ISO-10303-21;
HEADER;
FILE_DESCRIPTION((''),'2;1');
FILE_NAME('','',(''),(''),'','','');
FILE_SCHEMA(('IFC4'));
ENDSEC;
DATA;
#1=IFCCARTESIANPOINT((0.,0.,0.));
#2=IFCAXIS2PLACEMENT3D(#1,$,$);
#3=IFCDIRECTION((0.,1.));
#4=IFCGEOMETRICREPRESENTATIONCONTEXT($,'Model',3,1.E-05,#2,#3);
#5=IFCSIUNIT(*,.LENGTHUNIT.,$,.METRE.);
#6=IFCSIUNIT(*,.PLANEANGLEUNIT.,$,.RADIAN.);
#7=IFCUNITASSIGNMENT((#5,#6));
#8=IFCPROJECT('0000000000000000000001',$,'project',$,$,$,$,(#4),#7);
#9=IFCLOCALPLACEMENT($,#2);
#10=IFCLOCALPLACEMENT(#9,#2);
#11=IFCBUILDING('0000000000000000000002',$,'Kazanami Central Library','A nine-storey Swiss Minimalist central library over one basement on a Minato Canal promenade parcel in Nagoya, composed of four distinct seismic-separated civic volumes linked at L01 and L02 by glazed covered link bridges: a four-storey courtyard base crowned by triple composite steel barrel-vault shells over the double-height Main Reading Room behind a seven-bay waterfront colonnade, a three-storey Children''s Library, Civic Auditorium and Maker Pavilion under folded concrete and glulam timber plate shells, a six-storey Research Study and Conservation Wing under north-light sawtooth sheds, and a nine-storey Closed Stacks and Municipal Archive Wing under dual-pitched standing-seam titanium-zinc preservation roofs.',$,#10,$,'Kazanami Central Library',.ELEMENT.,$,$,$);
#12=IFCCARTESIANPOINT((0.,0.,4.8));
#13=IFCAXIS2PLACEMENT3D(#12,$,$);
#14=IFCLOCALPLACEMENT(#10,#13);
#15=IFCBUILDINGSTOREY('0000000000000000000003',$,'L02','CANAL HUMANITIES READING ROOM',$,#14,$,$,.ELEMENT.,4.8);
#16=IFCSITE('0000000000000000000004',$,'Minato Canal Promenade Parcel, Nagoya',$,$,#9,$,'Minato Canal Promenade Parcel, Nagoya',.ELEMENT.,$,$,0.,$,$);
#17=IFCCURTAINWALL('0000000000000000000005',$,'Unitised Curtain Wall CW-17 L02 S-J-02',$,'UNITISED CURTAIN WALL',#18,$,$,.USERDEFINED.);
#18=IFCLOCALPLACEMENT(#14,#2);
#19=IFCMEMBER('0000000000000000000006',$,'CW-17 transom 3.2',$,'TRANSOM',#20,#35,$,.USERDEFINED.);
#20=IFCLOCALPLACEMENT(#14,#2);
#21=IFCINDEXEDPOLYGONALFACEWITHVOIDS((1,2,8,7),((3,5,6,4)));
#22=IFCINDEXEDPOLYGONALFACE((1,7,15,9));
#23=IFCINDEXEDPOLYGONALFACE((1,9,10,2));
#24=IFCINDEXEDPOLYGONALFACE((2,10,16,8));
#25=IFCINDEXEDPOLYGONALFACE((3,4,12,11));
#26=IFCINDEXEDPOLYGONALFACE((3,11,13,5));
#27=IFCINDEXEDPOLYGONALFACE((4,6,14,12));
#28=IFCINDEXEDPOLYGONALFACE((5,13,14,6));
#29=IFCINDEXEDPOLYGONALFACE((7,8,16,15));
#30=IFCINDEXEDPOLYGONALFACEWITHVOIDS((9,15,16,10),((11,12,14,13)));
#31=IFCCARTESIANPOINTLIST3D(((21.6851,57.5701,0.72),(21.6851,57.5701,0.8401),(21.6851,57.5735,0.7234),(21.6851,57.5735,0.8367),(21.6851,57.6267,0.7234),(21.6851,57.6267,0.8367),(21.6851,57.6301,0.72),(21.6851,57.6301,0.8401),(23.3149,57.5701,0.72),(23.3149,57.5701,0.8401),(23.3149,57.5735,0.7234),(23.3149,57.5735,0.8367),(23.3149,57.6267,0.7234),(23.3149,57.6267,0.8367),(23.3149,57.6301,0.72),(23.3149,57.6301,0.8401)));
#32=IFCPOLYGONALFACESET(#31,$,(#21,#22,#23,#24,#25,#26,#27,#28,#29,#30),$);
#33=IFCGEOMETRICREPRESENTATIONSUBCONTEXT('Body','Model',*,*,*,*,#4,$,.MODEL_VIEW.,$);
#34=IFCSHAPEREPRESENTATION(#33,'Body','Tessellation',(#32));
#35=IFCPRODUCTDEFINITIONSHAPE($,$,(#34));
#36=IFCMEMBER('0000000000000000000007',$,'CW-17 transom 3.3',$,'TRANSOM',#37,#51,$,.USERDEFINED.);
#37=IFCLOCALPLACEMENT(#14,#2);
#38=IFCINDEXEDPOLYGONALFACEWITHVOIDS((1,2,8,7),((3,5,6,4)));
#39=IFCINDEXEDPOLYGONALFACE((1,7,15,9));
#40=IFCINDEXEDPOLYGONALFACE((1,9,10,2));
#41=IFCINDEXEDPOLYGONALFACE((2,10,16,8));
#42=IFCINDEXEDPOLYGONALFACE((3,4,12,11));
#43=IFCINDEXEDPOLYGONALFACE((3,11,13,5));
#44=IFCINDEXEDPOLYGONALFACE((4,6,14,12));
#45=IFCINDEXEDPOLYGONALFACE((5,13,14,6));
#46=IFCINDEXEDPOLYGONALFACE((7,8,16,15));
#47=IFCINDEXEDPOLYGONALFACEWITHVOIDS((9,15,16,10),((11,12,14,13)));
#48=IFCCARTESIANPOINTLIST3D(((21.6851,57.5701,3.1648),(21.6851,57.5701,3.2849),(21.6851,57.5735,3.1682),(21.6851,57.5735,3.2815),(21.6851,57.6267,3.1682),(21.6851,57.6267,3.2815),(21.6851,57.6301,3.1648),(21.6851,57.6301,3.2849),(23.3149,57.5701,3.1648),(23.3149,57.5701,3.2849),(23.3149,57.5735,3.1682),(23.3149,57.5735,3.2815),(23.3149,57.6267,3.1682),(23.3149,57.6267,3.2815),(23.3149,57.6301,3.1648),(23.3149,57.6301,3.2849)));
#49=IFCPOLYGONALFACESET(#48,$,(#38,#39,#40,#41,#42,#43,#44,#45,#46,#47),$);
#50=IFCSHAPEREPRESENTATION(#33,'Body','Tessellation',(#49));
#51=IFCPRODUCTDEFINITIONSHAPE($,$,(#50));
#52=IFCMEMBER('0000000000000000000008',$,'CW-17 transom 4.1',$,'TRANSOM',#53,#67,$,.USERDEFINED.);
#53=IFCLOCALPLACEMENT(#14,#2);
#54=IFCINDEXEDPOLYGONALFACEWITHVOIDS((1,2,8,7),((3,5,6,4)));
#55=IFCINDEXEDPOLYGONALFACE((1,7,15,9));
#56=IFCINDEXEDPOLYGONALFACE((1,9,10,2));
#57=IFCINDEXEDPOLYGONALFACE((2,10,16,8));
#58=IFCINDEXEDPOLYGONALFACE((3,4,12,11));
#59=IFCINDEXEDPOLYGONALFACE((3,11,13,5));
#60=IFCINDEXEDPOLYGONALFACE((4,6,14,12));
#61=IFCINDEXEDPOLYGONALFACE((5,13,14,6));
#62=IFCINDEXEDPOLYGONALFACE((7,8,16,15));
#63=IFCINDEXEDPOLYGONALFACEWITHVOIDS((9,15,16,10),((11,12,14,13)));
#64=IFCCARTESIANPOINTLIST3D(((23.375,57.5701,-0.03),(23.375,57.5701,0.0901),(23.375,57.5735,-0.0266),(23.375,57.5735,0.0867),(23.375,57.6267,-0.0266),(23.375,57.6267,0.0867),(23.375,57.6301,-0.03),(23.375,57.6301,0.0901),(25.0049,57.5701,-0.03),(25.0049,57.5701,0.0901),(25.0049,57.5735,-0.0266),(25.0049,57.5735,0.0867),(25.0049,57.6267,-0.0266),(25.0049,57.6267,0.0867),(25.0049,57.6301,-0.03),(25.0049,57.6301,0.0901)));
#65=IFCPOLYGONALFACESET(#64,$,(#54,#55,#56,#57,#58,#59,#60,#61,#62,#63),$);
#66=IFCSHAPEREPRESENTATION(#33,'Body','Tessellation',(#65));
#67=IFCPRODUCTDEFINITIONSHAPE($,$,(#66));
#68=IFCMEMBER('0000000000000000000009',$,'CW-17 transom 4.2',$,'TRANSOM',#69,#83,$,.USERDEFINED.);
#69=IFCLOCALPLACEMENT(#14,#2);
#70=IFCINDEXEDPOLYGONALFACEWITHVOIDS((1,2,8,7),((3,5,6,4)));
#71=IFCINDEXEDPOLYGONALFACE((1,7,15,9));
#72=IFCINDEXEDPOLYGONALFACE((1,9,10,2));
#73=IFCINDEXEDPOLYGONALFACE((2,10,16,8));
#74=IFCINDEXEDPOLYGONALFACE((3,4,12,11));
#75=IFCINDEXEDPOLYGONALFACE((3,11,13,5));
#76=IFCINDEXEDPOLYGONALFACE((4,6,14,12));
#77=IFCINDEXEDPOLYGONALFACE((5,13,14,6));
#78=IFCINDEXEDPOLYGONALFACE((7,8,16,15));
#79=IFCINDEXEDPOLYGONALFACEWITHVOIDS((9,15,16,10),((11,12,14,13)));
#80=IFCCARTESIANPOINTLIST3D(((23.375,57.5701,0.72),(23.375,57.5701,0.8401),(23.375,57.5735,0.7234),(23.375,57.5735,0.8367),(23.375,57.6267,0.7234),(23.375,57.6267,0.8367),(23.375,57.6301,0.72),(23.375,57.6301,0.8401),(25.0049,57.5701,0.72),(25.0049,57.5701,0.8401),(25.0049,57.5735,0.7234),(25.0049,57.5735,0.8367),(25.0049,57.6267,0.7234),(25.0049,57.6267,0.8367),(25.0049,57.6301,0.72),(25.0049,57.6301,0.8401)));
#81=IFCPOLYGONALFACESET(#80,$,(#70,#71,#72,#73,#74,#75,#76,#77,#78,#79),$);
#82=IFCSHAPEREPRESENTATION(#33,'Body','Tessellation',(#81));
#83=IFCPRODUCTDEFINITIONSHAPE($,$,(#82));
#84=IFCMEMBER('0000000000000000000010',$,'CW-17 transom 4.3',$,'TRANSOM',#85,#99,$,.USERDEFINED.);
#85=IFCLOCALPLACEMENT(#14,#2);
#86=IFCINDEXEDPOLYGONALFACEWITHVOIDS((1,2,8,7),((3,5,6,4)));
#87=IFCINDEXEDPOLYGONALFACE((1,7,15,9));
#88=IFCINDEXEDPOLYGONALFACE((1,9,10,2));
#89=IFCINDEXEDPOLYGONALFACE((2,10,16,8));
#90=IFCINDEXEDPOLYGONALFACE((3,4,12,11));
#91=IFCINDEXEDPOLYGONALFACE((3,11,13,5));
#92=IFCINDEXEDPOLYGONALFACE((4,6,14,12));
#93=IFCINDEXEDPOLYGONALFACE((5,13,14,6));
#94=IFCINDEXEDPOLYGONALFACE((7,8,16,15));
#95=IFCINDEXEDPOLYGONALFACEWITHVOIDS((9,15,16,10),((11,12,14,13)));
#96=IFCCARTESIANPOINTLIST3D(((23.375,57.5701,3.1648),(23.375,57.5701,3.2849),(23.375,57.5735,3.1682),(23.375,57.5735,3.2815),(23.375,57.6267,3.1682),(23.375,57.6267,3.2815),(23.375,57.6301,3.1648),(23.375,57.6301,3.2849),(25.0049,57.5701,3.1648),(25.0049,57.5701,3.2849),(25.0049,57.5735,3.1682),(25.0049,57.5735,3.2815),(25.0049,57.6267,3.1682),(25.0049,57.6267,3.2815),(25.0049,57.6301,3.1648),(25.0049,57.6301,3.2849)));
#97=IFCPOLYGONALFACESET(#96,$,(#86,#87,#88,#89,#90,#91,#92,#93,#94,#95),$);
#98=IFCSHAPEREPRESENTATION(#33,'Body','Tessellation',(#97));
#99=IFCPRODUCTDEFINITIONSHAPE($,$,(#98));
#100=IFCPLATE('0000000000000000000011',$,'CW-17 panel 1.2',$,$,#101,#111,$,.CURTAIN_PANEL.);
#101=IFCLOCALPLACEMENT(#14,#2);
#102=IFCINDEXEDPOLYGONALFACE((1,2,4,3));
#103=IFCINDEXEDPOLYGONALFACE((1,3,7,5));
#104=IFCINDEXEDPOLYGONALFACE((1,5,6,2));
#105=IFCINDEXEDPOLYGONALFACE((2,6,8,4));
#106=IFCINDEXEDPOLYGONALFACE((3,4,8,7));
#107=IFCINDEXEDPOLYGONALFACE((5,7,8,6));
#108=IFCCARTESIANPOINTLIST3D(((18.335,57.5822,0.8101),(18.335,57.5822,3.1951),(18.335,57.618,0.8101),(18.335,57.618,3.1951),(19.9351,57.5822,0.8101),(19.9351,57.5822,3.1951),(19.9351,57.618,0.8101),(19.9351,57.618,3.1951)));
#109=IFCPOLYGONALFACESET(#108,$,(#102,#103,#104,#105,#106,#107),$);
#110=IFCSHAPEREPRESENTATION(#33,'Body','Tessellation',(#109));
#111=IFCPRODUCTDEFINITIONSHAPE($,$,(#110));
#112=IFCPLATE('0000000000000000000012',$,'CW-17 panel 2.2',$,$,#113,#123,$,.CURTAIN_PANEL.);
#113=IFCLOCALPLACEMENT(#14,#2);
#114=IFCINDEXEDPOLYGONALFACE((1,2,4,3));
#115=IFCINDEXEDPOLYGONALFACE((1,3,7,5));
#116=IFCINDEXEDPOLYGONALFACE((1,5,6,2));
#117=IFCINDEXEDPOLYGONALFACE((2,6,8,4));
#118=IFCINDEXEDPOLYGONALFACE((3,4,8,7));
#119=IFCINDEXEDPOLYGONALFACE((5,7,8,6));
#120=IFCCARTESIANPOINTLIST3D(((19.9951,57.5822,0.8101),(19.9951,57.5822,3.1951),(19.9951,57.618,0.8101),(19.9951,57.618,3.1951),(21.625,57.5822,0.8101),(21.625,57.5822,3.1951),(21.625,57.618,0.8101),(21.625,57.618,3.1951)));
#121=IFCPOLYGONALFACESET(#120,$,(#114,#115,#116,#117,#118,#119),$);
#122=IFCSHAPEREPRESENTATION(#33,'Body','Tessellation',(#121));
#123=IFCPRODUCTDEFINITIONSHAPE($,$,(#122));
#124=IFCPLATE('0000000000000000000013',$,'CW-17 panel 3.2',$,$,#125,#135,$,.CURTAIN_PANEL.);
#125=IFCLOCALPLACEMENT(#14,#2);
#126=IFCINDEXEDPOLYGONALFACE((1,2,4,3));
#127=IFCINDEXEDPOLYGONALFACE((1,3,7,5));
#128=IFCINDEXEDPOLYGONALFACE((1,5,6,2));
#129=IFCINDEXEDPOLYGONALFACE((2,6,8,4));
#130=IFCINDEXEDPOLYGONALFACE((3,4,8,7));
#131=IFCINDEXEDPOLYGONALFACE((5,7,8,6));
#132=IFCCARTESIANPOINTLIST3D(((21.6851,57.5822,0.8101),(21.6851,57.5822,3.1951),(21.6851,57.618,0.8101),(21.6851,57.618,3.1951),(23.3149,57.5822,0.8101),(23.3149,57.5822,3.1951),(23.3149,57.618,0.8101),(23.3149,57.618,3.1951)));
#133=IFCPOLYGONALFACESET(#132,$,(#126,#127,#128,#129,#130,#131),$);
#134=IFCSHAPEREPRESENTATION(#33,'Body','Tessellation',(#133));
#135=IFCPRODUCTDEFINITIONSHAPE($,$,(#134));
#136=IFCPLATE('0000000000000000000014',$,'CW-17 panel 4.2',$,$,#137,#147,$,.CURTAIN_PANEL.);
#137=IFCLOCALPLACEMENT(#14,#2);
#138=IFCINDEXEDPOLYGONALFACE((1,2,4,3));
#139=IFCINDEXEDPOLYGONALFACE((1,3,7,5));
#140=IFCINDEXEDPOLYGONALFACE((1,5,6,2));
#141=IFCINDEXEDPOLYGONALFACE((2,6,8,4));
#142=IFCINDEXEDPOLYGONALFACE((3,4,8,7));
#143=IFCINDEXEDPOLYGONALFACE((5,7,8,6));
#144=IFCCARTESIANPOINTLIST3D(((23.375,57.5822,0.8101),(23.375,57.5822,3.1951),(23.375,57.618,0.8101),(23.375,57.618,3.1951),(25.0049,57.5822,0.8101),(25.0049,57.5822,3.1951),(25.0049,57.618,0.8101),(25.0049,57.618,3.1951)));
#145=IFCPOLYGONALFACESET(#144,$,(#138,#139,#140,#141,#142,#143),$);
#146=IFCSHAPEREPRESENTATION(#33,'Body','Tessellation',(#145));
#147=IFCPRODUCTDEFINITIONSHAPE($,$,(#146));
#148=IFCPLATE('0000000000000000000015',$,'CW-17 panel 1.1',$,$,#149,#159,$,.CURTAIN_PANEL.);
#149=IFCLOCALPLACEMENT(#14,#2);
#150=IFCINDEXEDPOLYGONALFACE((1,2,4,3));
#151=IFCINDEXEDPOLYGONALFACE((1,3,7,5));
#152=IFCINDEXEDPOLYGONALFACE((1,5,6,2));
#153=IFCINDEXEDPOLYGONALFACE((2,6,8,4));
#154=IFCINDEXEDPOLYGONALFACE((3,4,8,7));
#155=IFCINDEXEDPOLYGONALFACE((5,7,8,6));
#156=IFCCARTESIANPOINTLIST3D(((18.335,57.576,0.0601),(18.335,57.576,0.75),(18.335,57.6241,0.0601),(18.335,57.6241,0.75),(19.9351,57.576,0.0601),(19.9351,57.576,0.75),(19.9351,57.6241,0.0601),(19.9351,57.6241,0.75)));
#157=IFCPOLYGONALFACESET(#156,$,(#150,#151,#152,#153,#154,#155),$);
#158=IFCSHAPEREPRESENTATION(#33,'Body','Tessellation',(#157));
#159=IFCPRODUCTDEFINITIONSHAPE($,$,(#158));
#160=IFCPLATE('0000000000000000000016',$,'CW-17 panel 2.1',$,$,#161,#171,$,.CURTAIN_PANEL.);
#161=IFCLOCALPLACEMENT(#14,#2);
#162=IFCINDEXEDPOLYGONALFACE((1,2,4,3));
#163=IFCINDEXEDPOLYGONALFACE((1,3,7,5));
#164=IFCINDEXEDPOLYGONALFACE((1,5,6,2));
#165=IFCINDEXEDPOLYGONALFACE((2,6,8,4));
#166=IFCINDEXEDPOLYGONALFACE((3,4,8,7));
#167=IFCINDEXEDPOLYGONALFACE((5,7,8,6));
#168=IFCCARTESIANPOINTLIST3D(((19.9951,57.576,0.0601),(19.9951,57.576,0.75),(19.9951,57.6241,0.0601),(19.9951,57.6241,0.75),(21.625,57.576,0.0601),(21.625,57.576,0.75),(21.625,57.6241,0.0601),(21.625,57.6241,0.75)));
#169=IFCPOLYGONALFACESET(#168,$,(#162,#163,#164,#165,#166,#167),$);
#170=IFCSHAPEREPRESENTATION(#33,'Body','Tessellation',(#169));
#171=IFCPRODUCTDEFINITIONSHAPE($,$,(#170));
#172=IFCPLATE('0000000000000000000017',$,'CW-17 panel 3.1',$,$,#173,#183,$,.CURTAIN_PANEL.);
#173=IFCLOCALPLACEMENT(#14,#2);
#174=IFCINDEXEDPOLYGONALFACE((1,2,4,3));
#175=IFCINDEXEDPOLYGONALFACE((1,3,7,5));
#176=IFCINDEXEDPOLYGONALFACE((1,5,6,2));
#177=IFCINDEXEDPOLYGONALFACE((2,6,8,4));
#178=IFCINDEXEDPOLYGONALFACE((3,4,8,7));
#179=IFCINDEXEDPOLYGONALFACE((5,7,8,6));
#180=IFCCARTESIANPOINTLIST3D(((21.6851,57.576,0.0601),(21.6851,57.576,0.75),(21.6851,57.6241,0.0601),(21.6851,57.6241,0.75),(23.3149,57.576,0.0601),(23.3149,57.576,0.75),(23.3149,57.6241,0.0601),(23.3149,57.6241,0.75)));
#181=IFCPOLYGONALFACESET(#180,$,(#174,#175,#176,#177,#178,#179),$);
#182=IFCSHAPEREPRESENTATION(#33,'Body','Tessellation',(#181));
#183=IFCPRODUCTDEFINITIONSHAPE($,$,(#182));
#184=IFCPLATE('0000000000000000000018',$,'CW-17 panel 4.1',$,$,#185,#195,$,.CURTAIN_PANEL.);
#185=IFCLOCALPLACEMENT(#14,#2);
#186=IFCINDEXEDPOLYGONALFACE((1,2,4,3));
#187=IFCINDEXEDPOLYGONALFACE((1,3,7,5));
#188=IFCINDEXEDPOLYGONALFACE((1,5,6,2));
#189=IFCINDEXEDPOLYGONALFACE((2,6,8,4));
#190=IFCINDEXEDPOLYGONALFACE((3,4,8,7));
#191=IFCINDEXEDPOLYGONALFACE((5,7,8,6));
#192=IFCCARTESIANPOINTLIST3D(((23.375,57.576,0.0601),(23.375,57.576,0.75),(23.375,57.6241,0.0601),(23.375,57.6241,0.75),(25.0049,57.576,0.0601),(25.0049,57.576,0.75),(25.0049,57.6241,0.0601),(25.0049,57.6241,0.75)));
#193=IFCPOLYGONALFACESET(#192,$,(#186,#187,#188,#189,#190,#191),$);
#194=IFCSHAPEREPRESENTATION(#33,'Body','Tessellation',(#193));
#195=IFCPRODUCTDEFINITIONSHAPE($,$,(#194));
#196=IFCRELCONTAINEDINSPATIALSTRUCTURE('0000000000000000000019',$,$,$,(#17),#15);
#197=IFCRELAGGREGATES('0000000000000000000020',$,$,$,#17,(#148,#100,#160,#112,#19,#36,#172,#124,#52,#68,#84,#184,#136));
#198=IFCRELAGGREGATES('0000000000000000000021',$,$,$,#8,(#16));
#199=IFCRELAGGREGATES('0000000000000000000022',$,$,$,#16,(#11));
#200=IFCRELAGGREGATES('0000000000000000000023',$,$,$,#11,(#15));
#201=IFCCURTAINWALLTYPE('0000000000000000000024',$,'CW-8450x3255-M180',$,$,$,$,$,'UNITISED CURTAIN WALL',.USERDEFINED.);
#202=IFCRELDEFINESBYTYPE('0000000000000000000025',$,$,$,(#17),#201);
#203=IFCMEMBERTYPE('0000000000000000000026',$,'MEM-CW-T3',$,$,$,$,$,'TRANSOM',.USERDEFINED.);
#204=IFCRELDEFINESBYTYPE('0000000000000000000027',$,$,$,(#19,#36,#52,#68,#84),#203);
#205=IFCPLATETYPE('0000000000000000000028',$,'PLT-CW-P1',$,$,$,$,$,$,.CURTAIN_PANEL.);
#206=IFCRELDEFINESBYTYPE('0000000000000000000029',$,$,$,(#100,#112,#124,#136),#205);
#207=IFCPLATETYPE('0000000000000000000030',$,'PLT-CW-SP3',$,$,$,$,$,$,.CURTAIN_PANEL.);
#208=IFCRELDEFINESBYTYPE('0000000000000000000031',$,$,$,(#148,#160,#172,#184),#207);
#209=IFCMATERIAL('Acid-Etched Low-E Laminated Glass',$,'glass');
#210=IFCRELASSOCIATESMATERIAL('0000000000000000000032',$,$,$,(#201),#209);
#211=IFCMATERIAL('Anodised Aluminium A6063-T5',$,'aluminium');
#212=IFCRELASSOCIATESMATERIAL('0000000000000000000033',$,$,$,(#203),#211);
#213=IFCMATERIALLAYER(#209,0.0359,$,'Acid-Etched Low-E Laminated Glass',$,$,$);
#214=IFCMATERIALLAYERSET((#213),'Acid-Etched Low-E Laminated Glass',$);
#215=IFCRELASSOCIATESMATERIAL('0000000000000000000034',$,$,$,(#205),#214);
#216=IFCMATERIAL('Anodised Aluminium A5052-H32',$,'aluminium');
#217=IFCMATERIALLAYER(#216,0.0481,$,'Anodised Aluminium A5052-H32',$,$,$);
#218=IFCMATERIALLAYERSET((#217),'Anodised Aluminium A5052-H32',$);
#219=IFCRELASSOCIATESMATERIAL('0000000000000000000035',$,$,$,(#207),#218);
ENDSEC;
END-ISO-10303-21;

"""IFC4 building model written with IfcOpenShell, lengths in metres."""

from ifc_helpers import new_model, si_unit, direction, frame, origin, origin_2d, place, context, subcontext, project, spatial, rectangle, hollow_rectangle, extrude, material, layer, layer_set, material_profile, profile_set, type_object, element, aggregate, save


model = new_model("IFC4")

# Units and contexts
model_context = context("Model", 3, precision=1e-05, world=origin(), true_north=direction((0.0, 1.0)))
body_context = subcontext(model_context, "Body", "Model", "MODEL_VIEW")
ifc_project = project(units=[si_unit("LENGTHUNIT", "METRE"), si_unit("PLANEANGLEUNIT", "RADIAN")], contexts=[model_context])

# Site, building, storey
site_placement = place(None, origin())
site = spatial("IfcSite", under=ifc_project, at=site_placement, Name="Minato Canal Promenade Parcel, Nagoya", LongName="Minato Canal Promenade Parcel, Nagoya", CompositionType="ELEMENT", RefElevation=0.0)
building_placement = place(site_placement, origin())
building = spatial("IfcBuilding", under=site, at=building_placement, Name="Kazanami Central Library", Description="A nine-storey Swiss Minimalist central library over one basement on a Minato Canal promenade parcel in Nagoya, composed of four distinct seismic-separated civic volumes linked at L01 and L02 by glazed covered link bridges: a four-storey courtyard base crowned by triple composite steel barrel-vault shells over the double-height Main Reading Room behind a seven-bay waterfront colonnade, a three-storey Children's Library, Civic Auditorium and Maker Pavilion under folded concrete and glulam timber plate shells, a six-storey Research Study and Conservation Wing under north-light sawtooth sheds, and a nine-storey Closed Stacks and Municipal Archive Wing under dual-pitched standing-seam titanium-zinc preservation roofs.", LongName="Kazanami Central Library", CompositionType="ELEMENT")
storey_placement = place(building_placement, frame((0.0, 0.0, 4.8)))
storey = spatial("IfcBuildingStorey", under=building, at=storey_placement, Name="L02", Description="CANAL HUMANITIES READING ROOM", CompositionType="ELEMENT", Elevation=4.8)

# Curtain wall, members, plates
ifc_material_1 = material(Name="Acid-Etched Low-E Laminated Glass", Category="glass")
curtain_wall_type = type_object("IfcCurtainWallType", Name="CW-8450x3255-M180", ElementType="UNITISED CURTAIN WALL", PredefinedType="USERDEFINED", material=ifc_material_1)
curtain_wall_placement = place(storey_placement, origin())
curtain_wall = element("IfcCurtainWall", 1, at=curtain_wall_placement, inside=storey, type_object=curtain_wall_type, Name="Unitised Curtain Wall CW-17 L02 S-J-02", ObjectType="UNITISED CURTAIN WALL", PredefinedType="USERDEFINED")
ifc_material_2 = material(Name="Anodised Aluminium A6063-T5", Category="aluminium")
ifc_material_profile_1 = material_profile(ifc_material_2, hollow_rectangle(XDim=0.0601, YDim=0.1201, WallThickness=0.0034, at=origin_2d()), Name="ALU-TRAN-60x120x3.5")
ifc_profile_set_1 = profile_set([ifc_material_profile_1], Name="Anodised Aluminium A6063-T5")
member_type_1 = type_object("IfcMemberType", Name="MEM-CW-T3", ElementType="TRANSOM", PredefinedType="USERDEFINED", material=ifc_profile_set_1)
member_1_placement = place(storey_placement, frame((21.6851, 57.6001, 0.78), z_axis=(1.0, 0.0, 0.0), x_axis=(0.0, 1.0, 0.0)))
member_1 = element("IfcMember", 2, at=member_1_placement, type_object=member_type_1, Name="CW-17 transom 3.2", ObjectType="TRANSOM", PredefinedType="USERDEFINED", context=body_context, shape_type="SweptSolid", body=[
    extrude(hollow_rectangle(XDim=0.0601, YDim=0.1201, WallThickness=0.0034, at=origin_2d()), origin(), (0.0, 0.0, 1.0), 1.6299),
])
member_2_placement = place(storey_placement, frame((21.6851, 57.6001, 3.2249), z_axis=(1.0, 0.0, 0.0), x_axis=(0.0, 1.0, 0.0)))
member_2 = element("IfcMember", 3, at=member_2_placement, type_object=member_type_1, Name="CW-17 transom 3.3", ObjectType="TRANSOM", PredefinedType="USERDEFINED", context=body_context, shape_type="SweptSolid", body=[
    extrude(hollow_rectangle(XDim=0.0601, YDim=0.1201, WallThickness=0.0034, at=origin_2d()), origin(), (0.0, 0.0, 1.0), 1.6299),
])
member_3_placement = place(storey_placement, frame((23.375, 57.6001, 0.03), z_axis=(1.0, 0.0, 0.0), x_axis=(0.0, 1.0, 0.0)))
member_3 = element("IfcMember", 4, at=member_3_placement, type_object=member_type_1, Name="CW-17 transom 4.1", ObjectType="TRANSOM", PredefinedType="USERDEFINED", context=body_context, shape_type="SweptSolid", body=[
    extrude(hollow_rectangle(XDim=0.0601, YDim=0.1201, WallThickness=0.0034, at=origin_2d()), origin(), (0.0, 0.0, 1.0), 1.6299),
])
member_4_placement = place(storey_placement, frame((23.375, 57.6001, 0.78), z_axis=(1.0, 0.0, 0.0), x_axis=(0.0, 1.0, 0.0)))
member_4 = element("IfcMember", 5, at=member_4_placement, type_object=member_type_1, Name="CW-17 transom 4.2", ObjectType="TRANSOM", PredefinedType="USERDEFINED", context=body_context, shape_type="SweptSolid", body=[
    extrude(hollow_rectangle(XDim=0.0601, YDim=0.1201, WallThickness=0.0034, at=origin_2d()), origin(), (0.0, 0.0, 1.0), 1.6299),
])
member_5_placement = place(storey_placement, frame((23.375, 57.6001, 3.2249), z_axis=(1.0, 0.0, 0.0), x_axis=(0.0, 1.0, 0.0)))
member_5 = element("IfcMember", 6, at=member_5_placement, type_object=member_type_1, Name="CW-17 transom 4.3", ObjectType="TRANSOM", PredefinedType="USERDEFINED", context=body_context, shape_type="SweptSolid", body=[
    extrude(hollow_rectangle(XDim=0.0601, YDim=0.1201, WallThickness=0.0034, at=origin_2d()), origin(), (0.0, 0.0, 1.0), 1.6299),
])
ifc_layer_1 = layer(ifc_material_1, 0.0359, Name="Acid-Etched Low-E Laminated Glass")
ifc_layer_set_1 = layer_set([ifc_layer_1], Name="Acid-Etched Low-E Laminated Glass")
plate_type_1 = type_object("IfcPlateType", Name="PLT-CW-P1", PredefinedType="CURTAIN_PANEL", material=ifc_layer_set_1)
plate_1_placement = place(storey_placement, frame((19.135, 57.6001, 0.8101), z_axis=(0.0, 0.0, 1.0), x_axis=(1.0, 0.0, 0.0)))
plate_1 = element("IfcPlate", 7, at=plate_1_placement, type_object=plate_type_1, Name="CW-17 panel 1.2", PredefinedType="CURTAIN_PANEL", context=body_context, shape_type="SweptSolid", body=[
    extrude(rectangle(XDim=1.6001, YDim=0.0359, at=origin_2d()), origin(), (0.0, 0.0, 1.0), 2.385),
])
plate_2_placement = place(storey_placement, frame((20.8101, 57.6001, 0.8101), z_axis=(0.0, 0.0, 1.0), x_axis=(1.0, 0.0, 0.0)))
plate_2 = element("IfcPlate", 8, at=plate_2_placement, type_object=plate_type_1, Name="CW-17 panel 2.2", PredefinedType="CURTAIN_PANEL", context=body_context, shape_type="SweptSolid", body=[
    extrude(rectangle(XDim=1.6299, YDim=0.0359, at=origin_2d()), origin(), (0.0, 0.0, 1.0), 2.385),
])
plate_3_placement = place(storey_placement, frame((22.5, 57.6001, 0.8101), z_axis=(0.0, 0.0, 1.0), x_axis=(1.0, 0.0, 0.0)))
plate_3 = element("IfcPlate", 9, at=plate_3_placement, type_object=plate_type_1, Name="CW-17 panel 3.2", PredefinedType="CURTAIN_PANEL", context=body_context, shape_type="SweptSolid", body=[
    extrude(rectangle(XDim=1.6299, YDim=0.0359, at=origin_2d()), origin(), (0.0, 0.0, 1.0), 2.385),
])
plate_4_placement = place(storey_placement, frame((24.1899, 57.6001, 0.8101), z_axis=(0.0, 0.0, 1.0), x_axis=(1.0, 0.0, 0.0)))
plate_4 = element("IfcPlate", 10, at=plate_4_placement, type_object=plate_type_1, Name="CW-17 panel 4.2", PredefinedType="CURTAIN_PANEL", context=body_context, shape_type="SweptSolid", body=[
    extrude(rectangle(XDim=1.6299, YDim=0.0359, at=origin_2d()), origin(), (0.0, 0.0, 1.0), 2.385),
])
ifc_material_3 = material(Name="Anodised Aluminium A5052-H32", Category="aluminium")
ifc_layer_2 = layer(ifc_material_3, 0.0481, Name="Anodised Aluminium A5052-H32")
ifc_layer_set_2 = layer_set([ifc_layer_2], Name="Anodised Aluminium A5052-H32")
plate_type_2 = type_object("IfcPlateType", Name="PLT-CW-SP3", PredefinedType="CURTAIN_PANEL", material=ifc_layer_set_2)
plate_5_placement = place(storey_placement, frame((19.135, 57.6001, 0.0601), z_axis=(0.0, 0.0, 1.0), x_axis=(1.0, 0.0, 0.0)))
plate_5 = element("IfcPlate", 11, at=plate_5_placement, type_object=plate_type_2, Name="CW-17 panel 1.1", PredefinedType="CURTAIN_PANEL", context=body_context, shape_type="SweptSolid", body=[
    extrude(rectangle(XDim=1.6001, YDim=0.0481, at=origin_2d()), origin(), (0.0, 0.0, 1.0), 0.6899),
])
plate_6_placement = place(storey_placement, frame((20.8101, 57.6001, 0.0601), z_axis=(0.0, 0.0, 1.0), x_axis=(1.0, 0.0, 0.0)))
plate_6 = element("IfcPlate", 12, at=plate_6_placement, type_object=plate_type_2, Name="CW-17 panel 2.1", PredefinedType="CURTAIN_PANEL", context=body_context, shape_type="SweptSolid", body=[
    extrude(rectangle(XDim=1.6299, YDim=0.0481, at=origin_2d()), origin(), (0.0, 0.0, 1.0), 0.6899),
])
plate_7_placement = place(storey_placement, frame((22.5, 57.6001, 0.0601), z_axis=(0.0, 0.0, 1.0), x_axis=(1.0, 0.0, 0.0)))
plate_7 = element("IfcPlate", 13, at=plate_7_placement, type_object=plate_type_2, Name="CW-17 panel 3.1", PredefinedType="CURTAIN_PANEL", context=body_context, shape_type="SweptSolid", body=[
    extrude(rectangle(XDim=1.6299, YDim=0.0481, at=origin_2d()), origin(), (0.0, 0.0, 1.0), 0.6899),
])
plate_8_placement = place(storey_placement, frame((24.1899, 57.6001, 0.0601), z_axis=(0.0, 0.0, 1.0), x_axis=(1.0, 0.0, 0.0)))
plate_8 = element("IfcPlate", 14, at=plate_8_placement, type_object=plate_type_2, Name="CW-17 panel 4.1", PredefinedType="CURTAIN_PANEL", context=body_context, shape_type="SweptSolid", body=[
    extrude(rectangle(XDim=1.6299, YDim=0.0481, at=origin_2d()), origin(), (0.0, 0.0, 1.0), 0.6899),
])
aggregate(curtain_wall, [plate_5, plate_1, plate_6, plate_2, member_1, member_2, plate_7, plate_3, member_3, member_4, member_5, plate_8, plate_4])

save(model, "model.ifc")
